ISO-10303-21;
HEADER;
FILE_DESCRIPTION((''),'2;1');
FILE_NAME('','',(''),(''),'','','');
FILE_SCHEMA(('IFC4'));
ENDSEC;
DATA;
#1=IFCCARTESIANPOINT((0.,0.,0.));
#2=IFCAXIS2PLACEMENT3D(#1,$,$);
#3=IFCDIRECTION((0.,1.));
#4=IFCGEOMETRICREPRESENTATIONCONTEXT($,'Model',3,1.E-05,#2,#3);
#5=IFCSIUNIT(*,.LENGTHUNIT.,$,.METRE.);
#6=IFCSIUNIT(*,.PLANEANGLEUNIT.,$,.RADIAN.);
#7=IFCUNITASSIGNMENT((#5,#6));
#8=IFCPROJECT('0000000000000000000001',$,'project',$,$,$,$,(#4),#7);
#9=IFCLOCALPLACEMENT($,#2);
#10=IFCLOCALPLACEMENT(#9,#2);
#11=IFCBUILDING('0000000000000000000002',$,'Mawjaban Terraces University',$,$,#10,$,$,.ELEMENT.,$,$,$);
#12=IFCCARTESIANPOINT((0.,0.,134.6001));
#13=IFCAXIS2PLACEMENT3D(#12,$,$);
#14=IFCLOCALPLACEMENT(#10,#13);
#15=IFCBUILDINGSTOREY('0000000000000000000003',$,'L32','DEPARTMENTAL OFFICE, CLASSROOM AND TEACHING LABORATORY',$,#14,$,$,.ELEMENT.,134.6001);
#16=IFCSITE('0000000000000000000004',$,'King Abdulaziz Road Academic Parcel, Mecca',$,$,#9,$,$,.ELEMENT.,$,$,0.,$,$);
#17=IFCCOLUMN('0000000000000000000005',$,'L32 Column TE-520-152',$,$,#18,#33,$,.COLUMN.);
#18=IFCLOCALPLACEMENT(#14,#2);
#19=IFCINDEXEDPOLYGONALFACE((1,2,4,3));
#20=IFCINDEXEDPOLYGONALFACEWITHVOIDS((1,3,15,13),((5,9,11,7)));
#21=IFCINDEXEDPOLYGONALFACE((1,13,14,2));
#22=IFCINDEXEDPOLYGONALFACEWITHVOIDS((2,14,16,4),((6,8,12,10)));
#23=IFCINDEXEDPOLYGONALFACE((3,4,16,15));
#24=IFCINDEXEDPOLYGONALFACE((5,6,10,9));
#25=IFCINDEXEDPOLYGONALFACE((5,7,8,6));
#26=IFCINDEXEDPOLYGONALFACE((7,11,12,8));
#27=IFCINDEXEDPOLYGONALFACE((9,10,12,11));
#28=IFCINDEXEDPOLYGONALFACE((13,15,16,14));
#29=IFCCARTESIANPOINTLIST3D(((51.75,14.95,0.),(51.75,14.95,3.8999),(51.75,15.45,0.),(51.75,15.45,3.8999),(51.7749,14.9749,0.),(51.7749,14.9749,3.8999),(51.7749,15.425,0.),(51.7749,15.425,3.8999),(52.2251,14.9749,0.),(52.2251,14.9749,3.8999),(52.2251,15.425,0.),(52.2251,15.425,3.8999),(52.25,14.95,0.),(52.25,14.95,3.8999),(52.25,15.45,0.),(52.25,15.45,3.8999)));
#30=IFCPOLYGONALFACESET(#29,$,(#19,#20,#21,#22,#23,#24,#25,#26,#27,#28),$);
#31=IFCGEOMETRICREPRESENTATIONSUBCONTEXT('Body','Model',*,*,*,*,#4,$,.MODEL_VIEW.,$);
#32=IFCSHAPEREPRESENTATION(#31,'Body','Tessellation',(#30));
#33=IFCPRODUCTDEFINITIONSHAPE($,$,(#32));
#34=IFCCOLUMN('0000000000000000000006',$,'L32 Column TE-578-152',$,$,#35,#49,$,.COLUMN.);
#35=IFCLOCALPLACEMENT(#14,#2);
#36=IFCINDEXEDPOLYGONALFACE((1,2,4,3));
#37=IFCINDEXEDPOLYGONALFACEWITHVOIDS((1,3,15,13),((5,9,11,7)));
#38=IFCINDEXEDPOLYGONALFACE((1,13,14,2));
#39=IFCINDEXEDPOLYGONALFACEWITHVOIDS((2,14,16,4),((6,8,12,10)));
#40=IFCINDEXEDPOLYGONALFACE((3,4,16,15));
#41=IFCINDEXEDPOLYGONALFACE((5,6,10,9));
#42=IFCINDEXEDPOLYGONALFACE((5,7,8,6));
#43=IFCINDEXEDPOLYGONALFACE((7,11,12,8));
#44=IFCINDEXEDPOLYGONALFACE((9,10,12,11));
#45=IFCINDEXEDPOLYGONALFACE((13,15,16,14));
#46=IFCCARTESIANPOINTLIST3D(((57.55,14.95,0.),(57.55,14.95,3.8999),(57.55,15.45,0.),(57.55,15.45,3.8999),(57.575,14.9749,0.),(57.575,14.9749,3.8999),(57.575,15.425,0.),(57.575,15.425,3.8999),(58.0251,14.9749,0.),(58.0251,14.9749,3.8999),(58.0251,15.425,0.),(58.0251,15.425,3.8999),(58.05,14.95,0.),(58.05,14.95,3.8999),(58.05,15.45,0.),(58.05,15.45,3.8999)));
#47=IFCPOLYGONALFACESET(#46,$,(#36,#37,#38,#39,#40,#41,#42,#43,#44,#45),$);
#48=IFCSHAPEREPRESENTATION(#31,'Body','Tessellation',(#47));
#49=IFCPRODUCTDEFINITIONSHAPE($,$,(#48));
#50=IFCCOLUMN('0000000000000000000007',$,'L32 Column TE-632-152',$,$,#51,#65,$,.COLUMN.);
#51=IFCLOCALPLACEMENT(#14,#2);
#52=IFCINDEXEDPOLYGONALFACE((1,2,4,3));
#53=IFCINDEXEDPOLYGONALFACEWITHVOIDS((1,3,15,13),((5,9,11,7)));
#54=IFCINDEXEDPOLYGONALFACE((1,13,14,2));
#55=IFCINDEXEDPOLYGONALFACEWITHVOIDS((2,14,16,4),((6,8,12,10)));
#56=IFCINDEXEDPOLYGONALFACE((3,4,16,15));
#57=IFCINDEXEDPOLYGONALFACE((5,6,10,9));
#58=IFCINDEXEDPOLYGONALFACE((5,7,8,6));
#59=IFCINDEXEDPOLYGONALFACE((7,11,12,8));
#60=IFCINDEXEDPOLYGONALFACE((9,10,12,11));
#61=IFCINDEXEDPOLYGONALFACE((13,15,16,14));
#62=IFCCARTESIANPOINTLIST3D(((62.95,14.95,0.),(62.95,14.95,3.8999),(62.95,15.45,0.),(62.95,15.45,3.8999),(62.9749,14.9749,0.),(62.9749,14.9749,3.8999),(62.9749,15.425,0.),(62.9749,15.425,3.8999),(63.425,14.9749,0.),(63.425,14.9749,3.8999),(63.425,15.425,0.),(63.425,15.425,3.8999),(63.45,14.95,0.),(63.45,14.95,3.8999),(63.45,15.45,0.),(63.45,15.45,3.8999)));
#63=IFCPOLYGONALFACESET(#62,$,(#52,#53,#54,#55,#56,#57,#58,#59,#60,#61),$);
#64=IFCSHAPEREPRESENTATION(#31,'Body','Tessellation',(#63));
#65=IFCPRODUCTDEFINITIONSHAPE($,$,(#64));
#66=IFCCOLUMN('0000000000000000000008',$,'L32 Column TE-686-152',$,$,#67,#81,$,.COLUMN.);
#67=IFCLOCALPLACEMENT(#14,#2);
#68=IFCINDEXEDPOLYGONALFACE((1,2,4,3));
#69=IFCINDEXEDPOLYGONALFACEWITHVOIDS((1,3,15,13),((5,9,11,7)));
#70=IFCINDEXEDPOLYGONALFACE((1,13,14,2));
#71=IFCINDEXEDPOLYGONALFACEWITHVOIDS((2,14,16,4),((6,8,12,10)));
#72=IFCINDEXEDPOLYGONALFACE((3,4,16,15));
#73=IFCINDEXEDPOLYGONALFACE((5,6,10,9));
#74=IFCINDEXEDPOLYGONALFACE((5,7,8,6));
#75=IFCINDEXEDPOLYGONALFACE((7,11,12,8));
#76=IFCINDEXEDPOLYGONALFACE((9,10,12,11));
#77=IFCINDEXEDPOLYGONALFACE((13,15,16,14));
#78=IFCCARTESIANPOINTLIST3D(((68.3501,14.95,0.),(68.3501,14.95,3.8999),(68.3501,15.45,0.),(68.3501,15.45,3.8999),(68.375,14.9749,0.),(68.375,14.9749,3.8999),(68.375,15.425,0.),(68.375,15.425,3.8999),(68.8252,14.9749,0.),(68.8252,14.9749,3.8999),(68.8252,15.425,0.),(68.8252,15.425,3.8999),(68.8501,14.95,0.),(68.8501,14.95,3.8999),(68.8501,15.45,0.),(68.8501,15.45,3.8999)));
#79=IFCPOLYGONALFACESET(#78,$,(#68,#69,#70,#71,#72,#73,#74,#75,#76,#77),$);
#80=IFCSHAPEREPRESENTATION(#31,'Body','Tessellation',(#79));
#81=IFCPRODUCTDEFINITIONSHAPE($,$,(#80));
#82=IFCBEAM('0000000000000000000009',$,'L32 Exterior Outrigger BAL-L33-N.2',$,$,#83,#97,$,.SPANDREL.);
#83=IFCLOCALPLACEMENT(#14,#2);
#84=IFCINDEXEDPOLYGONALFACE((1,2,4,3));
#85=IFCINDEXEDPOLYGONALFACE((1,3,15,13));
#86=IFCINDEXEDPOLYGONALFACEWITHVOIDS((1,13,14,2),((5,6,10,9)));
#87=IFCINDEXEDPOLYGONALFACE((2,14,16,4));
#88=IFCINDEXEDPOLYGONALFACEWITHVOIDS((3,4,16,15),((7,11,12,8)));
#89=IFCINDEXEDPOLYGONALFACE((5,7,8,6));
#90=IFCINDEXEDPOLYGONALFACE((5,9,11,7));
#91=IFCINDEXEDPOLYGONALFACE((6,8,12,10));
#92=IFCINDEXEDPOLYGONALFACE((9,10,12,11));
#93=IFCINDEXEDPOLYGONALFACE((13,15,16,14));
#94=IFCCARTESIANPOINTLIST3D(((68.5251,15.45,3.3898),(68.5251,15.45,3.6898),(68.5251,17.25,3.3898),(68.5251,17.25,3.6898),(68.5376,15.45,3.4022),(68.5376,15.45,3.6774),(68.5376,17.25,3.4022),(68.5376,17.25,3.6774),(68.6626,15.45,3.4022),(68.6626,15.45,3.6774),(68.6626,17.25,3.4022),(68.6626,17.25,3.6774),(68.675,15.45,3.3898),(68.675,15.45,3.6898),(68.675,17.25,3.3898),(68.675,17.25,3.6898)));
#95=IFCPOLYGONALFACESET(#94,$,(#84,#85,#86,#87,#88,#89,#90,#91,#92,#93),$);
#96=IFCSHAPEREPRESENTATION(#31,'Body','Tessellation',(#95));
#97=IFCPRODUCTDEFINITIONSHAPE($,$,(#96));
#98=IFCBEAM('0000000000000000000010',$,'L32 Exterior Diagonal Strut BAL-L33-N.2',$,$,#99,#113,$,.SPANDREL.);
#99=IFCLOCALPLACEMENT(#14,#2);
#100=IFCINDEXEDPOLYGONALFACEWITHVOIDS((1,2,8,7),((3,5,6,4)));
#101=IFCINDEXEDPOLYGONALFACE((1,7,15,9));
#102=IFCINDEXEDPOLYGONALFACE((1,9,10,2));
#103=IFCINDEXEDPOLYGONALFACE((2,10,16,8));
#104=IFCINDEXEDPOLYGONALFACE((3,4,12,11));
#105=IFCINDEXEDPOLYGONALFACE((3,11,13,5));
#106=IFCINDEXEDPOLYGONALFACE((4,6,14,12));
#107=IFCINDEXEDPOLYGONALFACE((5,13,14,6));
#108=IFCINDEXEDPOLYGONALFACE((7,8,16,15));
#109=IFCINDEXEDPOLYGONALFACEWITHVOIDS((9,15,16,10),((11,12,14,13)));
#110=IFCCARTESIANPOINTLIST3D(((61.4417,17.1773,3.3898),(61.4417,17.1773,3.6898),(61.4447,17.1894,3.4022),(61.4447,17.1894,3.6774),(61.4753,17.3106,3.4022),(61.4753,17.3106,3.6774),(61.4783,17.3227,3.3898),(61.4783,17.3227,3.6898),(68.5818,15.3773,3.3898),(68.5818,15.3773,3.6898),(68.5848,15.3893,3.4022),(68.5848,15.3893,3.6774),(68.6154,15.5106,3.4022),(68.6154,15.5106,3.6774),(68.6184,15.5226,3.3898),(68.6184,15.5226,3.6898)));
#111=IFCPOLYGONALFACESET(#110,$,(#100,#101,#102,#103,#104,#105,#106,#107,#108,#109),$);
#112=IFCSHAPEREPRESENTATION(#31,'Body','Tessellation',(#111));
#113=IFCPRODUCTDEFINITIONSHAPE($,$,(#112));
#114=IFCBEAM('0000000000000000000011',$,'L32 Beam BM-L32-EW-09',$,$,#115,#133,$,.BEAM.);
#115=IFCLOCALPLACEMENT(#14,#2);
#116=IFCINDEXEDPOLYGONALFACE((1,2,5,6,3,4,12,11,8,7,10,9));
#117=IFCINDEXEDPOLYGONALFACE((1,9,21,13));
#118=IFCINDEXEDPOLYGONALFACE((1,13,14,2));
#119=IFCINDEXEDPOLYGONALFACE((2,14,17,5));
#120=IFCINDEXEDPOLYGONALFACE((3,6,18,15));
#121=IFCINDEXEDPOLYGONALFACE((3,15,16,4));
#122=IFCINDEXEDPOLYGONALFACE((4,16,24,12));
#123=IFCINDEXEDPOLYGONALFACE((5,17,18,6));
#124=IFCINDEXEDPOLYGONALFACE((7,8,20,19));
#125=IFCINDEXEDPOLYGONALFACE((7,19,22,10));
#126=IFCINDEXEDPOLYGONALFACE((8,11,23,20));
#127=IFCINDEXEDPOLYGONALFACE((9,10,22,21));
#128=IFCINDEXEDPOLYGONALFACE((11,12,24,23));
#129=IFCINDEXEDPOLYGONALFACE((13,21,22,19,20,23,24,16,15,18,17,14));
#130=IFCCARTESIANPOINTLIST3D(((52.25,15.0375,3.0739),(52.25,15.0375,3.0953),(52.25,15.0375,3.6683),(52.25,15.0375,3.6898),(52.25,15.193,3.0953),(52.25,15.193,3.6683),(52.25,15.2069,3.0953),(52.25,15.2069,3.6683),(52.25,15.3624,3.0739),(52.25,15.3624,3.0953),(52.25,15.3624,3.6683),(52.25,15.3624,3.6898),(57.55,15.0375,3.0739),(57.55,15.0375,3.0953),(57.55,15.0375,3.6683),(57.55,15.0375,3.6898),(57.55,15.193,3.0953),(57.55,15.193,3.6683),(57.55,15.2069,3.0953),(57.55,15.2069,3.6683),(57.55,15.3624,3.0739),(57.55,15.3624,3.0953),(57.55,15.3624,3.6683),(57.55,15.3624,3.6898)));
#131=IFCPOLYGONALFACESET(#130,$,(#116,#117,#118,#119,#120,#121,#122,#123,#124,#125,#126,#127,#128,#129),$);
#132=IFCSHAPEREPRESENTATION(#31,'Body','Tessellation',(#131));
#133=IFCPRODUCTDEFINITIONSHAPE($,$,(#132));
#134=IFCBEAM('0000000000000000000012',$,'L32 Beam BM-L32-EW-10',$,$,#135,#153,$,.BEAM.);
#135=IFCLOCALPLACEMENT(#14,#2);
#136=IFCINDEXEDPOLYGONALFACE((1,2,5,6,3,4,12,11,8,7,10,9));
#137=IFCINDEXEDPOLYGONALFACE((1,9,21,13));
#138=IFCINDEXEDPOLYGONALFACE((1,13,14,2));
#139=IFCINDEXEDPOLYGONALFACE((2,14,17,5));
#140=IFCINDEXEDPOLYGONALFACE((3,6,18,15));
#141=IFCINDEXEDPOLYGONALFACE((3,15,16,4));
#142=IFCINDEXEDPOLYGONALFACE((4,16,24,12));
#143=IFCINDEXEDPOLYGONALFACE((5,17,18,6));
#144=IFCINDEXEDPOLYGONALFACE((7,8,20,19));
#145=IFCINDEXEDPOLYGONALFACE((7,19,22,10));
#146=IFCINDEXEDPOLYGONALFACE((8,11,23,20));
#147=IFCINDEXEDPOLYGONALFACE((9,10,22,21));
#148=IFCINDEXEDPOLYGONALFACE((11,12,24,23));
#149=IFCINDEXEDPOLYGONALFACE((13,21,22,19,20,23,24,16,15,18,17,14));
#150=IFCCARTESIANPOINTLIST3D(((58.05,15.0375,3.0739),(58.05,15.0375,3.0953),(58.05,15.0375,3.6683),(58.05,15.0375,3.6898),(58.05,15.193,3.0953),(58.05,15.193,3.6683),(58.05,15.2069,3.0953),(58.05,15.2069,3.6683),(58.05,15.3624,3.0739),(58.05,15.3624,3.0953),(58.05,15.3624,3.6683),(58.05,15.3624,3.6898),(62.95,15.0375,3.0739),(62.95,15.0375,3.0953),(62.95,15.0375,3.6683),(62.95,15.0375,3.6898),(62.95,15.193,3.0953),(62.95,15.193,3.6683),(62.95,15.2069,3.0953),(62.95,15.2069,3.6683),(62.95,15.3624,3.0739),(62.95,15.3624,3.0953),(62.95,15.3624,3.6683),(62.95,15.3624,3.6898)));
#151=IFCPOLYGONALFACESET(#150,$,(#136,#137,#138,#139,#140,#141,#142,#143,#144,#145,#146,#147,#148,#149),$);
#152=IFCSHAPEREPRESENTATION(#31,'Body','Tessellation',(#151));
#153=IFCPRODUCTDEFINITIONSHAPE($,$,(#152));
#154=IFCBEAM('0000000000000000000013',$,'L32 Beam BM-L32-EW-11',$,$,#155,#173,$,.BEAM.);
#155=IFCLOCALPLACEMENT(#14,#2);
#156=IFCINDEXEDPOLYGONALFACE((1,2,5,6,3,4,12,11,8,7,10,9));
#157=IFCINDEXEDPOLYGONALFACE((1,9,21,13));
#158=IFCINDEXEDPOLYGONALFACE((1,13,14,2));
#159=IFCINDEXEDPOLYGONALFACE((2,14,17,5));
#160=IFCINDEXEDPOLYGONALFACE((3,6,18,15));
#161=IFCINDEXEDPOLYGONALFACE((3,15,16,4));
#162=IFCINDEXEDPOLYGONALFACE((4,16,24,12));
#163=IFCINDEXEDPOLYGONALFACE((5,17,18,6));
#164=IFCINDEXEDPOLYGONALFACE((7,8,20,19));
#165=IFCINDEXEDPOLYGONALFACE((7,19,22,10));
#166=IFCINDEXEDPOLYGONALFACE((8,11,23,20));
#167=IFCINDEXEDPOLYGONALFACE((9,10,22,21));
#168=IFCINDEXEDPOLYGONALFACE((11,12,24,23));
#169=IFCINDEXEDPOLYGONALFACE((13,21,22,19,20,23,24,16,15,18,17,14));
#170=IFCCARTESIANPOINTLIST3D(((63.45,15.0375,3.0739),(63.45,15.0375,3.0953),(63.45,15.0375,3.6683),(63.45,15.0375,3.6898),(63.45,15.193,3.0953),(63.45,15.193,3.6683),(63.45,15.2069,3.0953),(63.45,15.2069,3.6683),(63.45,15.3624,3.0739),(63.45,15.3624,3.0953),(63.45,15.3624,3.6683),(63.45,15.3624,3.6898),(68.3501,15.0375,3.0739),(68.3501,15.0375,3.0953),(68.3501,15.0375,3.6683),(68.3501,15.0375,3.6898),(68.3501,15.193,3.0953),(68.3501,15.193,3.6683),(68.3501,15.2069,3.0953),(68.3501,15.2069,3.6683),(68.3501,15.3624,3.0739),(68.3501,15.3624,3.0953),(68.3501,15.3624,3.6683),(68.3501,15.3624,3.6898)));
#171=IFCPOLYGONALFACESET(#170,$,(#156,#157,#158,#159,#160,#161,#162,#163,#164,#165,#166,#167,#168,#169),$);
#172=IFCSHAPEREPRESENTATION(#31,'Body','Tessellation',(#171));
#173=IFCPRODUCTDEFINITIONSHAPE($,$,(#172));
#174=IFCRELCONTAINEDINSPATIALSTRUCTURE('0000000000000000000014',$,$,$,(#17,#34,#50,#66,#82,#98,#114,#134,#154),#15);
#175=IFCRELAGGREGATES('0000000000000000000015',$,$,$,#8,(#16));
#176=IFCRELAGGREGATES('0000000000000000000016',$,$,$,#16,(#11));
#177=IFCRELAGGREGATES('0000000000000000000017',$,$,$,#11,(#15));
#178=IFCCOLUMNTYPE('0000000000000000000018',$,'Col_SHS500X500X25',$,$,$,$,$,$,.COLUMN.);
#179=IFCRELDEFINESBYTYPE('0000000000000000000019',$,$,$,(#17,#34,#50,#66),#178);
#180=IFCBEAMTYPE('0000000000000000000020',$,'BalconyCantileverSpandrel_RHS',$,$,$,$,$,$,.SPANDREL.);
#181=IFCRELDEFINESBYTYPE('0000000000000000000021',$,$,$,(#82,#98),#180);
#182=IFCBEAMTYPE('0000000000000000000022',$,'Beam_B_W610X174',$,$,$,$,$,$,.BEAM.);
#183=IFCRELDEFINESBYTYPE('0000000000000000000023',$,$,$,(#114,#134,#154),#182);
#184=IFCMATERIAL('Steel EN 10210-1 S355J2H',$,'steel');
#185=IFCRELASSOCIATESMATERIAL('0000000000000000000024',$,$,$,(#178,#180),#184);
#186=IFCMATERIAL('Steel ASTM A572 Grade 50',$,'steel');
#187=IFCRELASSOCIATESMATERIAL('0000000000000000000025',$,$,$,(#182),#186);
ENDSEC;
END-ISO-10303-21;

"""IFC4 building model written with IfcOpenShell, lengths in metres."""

from ifc_helpers import new_model, si_unit, direction, frame, origin, origin_2d, place, context, subcontext, project, spatial, hollow_rectangle, i_section, extrude, material, material_profile, profile_set, type_object, element, save


model = new_model("IFC4")

# Units and contexts
model_context = context("Model", 3, precision=1e-05, world=origin(), true_north=direction((0.0, 1.0)))
body_context = subcontext(model_context, "Body", "Model", "MODEL_VIEW")
ifc_project = project(units=[si_unit("LENGTHUNIT", "METRE"), si_unit("PLANEANGLEUNIT", "RADIAN")], contexts=[model_context])

# Site, building, storey
site_placement = place(None, origin())
site = spatial("IfcSite", under=ifc_project, at=site_placement, Name="King Abdulaziz Road Academic Parcel, Mecca", CompositionType="ELEMENT", RefElevation=0.0)
building_placement = place(site_placement, origin())
building = spatial("IfcBuilding", under=site, at=building_placement, Name="Mawjaban Terraces University", CompositionType="ELEMENT")
storey_placement = place(building_placement, frame((0.0, 0.0, 134.6001)))
storey = spatial("IfcBuildingStorey", under=building, at=storey_placement, Name="L32", Description="DEPARTMENTAL OFFICE, CLASSROOM AND TEACHING LABORATORY", CompositionType="ELEMENT", Elevation=134.6001)

# Columns
ifc_material_1 = material(Name="Steel EN 10210-1 S355J2H", Category="steel")
ifc_material_profile_1 = material_profile(ifc_material_1, hollow_rectangle(XDim=0.5, YDim=0.5, WallThickness=0.0249, at=origin_2d()), Name="SHS500X500X25")
ifc_profile_set_1 = profile_set([ifc_material_profile_1], Name="Steel EN 10210-1 S355J2H")
column_type = type_object("IfcColumnType", Name="Col_SHS500X500X25", PredefinedType="COLUMN", material=ifc_profile_set_1)
for number, where, z_axis, x_axis, name in (
    (1, (52.0, 15.2, 0.0), (0.0, 0.0, 1.0), (1.0, 0.0, 0.0), "L32 Column TE-520-152"),
    (2, (57.8, 15.2, 0.0), (0.0, 0.0, 1.0), (1.0, 0.0, 0.0), "L32 Column TE-578-152"),
    (3, (63.2, 15.2, 0.0), (0.0, 0.0, 1.0), (1.0, 0.0, 0.0), "L32 Column TE-632-152"),
    (4, (68.6001, 15.2, 0.0), (0.0, 0.0, 1.0), (1.0, 0.0, 0.0), "L32 Column TE-686-152"),
):
    element("IfcColumn", number, at=place(storey_placement, frame(where, z_axis=z_axis, x_axis=x_axis)), inside=storey, type_object=column_type, Name=name, PredefinedType="COLUMN", context=body_context, shape_type="SweptSolid", body=[
        extrude(hollow_rectangle(XDim=0.5, YDim=0.5, WallThickness=0.0249, at=origin_2d()), origin(), (0.0, 0.0, 1.0), 3.8999),
    ])

# Beams
ifc_material_profile_2 = material_profile(ifc_material_1, hollow_rectangle(XDim=0.1499, YDim=0.3, WallThickness=0.0125, at=origin_2d()), Name="RHS300X150X12.5")
ifc_profile_set_2 = profile_set([ifc_material_profile_2], Name="Steel EN 10210-1 S355J2H")
beam_type_1 = type_object("IfcBeamType", Name="BalconyCantileverSpandrel_RHS", PredefinedType="SPANDREL", material=ifc_profile_set_2)
beam_1_placement = place(storey_placement, frame((68.6001, 15.45, 3.5398), z_axis=(0.0, 1.0, 0.0), x_axis=(-1.0, 0.0, 0.0)))
element("IfcBeam", 5, at=beam_1_placement, inside=storey, type_object=beam_type_1, Name="L32 Exterior Outrigger BAL-L33-N.2", PredefinedType="SPANDREL", context=body_context, shape_type="SweptSolid", body=[
    extrude(hollow_rectangle(XDim=0.1499, YDim=0.3, WallThickness=0.0125, at=origin_2d()), origin(), (0.0, 0.0, 1.0), 1.8),
])
beam_2_placement = place(storey_placement, frame((68.6001, 15.45, 3.5398), z_axis=(-0.969661, 0.244454, 0.0), x_axis=(-0.244454, -0.969661, 0.0)))
element("IfcBeam", 6, at=beam_2_placement, inside=storey, type_object=beam_type_1, Name="L32 Exterior Diagonal Strut BAL-L33-N.2", PredefinedType="SPANDREL", context=body_context, shape_type="SweptSolid", body=[
    extrude(hollow_rectangle(XDim=0.1499, YDim=0.3, WallThickness=0.0125, at=origin_2d()), origin(), (0.0, 0.0, 1.0), 7.3635),
])
ifc_material_2 = material(Name="Steel ASTM A572 Grade 50", Category="steel")
ifc_material_profile_3 = material_profile(ifc_material_2, i_section(OverallWidth=0.325, OverallDepth=0.616, WebThickness=0.0139, FlangeThickness=0.0215, at=origin_2d()), Name="W610X174")
ifc_profile_set_3 = profile_set([ifc_material_profile_3], Name="Steel ASTM A572 Grade 50")
beam_type_2 = type_object("IfcBeamType", Name="Beam_B_W610X174", PredefinedType="BEAM", material=ifc_profile_set_3)
beam_3_placement = place(storey_placement, frame((52.25, 15.2, 3.3818), z_axis=(1.0, 0.0, 0.0), x_axis=(0.0, 1.0, 0.0)))
element("IfcBeam", 7, at=beam_3_placement, inside=storey, type_object=beam_type_2, Name="L32 Beam BM-L32-EW-09", PredefinedType="BEAM", context=body_context, shape_type="SweptSolid", body=[
    extrude(i_section(OverallWidth=0.325, OverallDepth=0.616, WebThickness=0.0139, FlangeThickness=0.0215, at=origin_2d()), origin(), (0.0, 0.0, 1.0), 5.3),
])
beam_4_placement = place(storey_placement, frame((58.05, 15.2, 3.3818), z_axis=(1.0, 0.0, 0.0), x_axis=(0.0, 1.0, 0.0)))
element("IfcBeam", 8, at=beam_4_placement, inside=storey, type_object=beam_type_2, Name="L32 Beam BM-L32-EW-10", PredefinedType="BEAM", context=body_context, shape_type="SweptSolid", body=[
    extrude(i_section(OverallWidth=0.325, OverallDepth=0.616, WebThickness=0.0139, FlangeThickness=0.0215, at=origin_2d()), origin(), (0.0, 0.0, 1.0), 4.8999),
])
beam_5_placement = place(storey_placement, frame((63.45, 15.2, 3.3818), z_axis=(1.0, 0.0, 0.0), x_axis=(0.0, 1.0, 0.0)))
element("IfcBeam", 9, at=beam_5_placement, inside=storey, type_object=beam_type_2, Name="L32 Beam BM-L32-EW-11", PredefinedType="BEAM", context=body_context, shape_type="SweptSolid", body=[
    extrude(i_section(OverallWidth=0.325, OverallDepth=0.616, WebThickness=0.0139, FlangeThickness=0.0215, at=origin_2d()), origin(), (0.0, 0.0, 1.0), 4.9001),
])

save(model, "model.ifc")
